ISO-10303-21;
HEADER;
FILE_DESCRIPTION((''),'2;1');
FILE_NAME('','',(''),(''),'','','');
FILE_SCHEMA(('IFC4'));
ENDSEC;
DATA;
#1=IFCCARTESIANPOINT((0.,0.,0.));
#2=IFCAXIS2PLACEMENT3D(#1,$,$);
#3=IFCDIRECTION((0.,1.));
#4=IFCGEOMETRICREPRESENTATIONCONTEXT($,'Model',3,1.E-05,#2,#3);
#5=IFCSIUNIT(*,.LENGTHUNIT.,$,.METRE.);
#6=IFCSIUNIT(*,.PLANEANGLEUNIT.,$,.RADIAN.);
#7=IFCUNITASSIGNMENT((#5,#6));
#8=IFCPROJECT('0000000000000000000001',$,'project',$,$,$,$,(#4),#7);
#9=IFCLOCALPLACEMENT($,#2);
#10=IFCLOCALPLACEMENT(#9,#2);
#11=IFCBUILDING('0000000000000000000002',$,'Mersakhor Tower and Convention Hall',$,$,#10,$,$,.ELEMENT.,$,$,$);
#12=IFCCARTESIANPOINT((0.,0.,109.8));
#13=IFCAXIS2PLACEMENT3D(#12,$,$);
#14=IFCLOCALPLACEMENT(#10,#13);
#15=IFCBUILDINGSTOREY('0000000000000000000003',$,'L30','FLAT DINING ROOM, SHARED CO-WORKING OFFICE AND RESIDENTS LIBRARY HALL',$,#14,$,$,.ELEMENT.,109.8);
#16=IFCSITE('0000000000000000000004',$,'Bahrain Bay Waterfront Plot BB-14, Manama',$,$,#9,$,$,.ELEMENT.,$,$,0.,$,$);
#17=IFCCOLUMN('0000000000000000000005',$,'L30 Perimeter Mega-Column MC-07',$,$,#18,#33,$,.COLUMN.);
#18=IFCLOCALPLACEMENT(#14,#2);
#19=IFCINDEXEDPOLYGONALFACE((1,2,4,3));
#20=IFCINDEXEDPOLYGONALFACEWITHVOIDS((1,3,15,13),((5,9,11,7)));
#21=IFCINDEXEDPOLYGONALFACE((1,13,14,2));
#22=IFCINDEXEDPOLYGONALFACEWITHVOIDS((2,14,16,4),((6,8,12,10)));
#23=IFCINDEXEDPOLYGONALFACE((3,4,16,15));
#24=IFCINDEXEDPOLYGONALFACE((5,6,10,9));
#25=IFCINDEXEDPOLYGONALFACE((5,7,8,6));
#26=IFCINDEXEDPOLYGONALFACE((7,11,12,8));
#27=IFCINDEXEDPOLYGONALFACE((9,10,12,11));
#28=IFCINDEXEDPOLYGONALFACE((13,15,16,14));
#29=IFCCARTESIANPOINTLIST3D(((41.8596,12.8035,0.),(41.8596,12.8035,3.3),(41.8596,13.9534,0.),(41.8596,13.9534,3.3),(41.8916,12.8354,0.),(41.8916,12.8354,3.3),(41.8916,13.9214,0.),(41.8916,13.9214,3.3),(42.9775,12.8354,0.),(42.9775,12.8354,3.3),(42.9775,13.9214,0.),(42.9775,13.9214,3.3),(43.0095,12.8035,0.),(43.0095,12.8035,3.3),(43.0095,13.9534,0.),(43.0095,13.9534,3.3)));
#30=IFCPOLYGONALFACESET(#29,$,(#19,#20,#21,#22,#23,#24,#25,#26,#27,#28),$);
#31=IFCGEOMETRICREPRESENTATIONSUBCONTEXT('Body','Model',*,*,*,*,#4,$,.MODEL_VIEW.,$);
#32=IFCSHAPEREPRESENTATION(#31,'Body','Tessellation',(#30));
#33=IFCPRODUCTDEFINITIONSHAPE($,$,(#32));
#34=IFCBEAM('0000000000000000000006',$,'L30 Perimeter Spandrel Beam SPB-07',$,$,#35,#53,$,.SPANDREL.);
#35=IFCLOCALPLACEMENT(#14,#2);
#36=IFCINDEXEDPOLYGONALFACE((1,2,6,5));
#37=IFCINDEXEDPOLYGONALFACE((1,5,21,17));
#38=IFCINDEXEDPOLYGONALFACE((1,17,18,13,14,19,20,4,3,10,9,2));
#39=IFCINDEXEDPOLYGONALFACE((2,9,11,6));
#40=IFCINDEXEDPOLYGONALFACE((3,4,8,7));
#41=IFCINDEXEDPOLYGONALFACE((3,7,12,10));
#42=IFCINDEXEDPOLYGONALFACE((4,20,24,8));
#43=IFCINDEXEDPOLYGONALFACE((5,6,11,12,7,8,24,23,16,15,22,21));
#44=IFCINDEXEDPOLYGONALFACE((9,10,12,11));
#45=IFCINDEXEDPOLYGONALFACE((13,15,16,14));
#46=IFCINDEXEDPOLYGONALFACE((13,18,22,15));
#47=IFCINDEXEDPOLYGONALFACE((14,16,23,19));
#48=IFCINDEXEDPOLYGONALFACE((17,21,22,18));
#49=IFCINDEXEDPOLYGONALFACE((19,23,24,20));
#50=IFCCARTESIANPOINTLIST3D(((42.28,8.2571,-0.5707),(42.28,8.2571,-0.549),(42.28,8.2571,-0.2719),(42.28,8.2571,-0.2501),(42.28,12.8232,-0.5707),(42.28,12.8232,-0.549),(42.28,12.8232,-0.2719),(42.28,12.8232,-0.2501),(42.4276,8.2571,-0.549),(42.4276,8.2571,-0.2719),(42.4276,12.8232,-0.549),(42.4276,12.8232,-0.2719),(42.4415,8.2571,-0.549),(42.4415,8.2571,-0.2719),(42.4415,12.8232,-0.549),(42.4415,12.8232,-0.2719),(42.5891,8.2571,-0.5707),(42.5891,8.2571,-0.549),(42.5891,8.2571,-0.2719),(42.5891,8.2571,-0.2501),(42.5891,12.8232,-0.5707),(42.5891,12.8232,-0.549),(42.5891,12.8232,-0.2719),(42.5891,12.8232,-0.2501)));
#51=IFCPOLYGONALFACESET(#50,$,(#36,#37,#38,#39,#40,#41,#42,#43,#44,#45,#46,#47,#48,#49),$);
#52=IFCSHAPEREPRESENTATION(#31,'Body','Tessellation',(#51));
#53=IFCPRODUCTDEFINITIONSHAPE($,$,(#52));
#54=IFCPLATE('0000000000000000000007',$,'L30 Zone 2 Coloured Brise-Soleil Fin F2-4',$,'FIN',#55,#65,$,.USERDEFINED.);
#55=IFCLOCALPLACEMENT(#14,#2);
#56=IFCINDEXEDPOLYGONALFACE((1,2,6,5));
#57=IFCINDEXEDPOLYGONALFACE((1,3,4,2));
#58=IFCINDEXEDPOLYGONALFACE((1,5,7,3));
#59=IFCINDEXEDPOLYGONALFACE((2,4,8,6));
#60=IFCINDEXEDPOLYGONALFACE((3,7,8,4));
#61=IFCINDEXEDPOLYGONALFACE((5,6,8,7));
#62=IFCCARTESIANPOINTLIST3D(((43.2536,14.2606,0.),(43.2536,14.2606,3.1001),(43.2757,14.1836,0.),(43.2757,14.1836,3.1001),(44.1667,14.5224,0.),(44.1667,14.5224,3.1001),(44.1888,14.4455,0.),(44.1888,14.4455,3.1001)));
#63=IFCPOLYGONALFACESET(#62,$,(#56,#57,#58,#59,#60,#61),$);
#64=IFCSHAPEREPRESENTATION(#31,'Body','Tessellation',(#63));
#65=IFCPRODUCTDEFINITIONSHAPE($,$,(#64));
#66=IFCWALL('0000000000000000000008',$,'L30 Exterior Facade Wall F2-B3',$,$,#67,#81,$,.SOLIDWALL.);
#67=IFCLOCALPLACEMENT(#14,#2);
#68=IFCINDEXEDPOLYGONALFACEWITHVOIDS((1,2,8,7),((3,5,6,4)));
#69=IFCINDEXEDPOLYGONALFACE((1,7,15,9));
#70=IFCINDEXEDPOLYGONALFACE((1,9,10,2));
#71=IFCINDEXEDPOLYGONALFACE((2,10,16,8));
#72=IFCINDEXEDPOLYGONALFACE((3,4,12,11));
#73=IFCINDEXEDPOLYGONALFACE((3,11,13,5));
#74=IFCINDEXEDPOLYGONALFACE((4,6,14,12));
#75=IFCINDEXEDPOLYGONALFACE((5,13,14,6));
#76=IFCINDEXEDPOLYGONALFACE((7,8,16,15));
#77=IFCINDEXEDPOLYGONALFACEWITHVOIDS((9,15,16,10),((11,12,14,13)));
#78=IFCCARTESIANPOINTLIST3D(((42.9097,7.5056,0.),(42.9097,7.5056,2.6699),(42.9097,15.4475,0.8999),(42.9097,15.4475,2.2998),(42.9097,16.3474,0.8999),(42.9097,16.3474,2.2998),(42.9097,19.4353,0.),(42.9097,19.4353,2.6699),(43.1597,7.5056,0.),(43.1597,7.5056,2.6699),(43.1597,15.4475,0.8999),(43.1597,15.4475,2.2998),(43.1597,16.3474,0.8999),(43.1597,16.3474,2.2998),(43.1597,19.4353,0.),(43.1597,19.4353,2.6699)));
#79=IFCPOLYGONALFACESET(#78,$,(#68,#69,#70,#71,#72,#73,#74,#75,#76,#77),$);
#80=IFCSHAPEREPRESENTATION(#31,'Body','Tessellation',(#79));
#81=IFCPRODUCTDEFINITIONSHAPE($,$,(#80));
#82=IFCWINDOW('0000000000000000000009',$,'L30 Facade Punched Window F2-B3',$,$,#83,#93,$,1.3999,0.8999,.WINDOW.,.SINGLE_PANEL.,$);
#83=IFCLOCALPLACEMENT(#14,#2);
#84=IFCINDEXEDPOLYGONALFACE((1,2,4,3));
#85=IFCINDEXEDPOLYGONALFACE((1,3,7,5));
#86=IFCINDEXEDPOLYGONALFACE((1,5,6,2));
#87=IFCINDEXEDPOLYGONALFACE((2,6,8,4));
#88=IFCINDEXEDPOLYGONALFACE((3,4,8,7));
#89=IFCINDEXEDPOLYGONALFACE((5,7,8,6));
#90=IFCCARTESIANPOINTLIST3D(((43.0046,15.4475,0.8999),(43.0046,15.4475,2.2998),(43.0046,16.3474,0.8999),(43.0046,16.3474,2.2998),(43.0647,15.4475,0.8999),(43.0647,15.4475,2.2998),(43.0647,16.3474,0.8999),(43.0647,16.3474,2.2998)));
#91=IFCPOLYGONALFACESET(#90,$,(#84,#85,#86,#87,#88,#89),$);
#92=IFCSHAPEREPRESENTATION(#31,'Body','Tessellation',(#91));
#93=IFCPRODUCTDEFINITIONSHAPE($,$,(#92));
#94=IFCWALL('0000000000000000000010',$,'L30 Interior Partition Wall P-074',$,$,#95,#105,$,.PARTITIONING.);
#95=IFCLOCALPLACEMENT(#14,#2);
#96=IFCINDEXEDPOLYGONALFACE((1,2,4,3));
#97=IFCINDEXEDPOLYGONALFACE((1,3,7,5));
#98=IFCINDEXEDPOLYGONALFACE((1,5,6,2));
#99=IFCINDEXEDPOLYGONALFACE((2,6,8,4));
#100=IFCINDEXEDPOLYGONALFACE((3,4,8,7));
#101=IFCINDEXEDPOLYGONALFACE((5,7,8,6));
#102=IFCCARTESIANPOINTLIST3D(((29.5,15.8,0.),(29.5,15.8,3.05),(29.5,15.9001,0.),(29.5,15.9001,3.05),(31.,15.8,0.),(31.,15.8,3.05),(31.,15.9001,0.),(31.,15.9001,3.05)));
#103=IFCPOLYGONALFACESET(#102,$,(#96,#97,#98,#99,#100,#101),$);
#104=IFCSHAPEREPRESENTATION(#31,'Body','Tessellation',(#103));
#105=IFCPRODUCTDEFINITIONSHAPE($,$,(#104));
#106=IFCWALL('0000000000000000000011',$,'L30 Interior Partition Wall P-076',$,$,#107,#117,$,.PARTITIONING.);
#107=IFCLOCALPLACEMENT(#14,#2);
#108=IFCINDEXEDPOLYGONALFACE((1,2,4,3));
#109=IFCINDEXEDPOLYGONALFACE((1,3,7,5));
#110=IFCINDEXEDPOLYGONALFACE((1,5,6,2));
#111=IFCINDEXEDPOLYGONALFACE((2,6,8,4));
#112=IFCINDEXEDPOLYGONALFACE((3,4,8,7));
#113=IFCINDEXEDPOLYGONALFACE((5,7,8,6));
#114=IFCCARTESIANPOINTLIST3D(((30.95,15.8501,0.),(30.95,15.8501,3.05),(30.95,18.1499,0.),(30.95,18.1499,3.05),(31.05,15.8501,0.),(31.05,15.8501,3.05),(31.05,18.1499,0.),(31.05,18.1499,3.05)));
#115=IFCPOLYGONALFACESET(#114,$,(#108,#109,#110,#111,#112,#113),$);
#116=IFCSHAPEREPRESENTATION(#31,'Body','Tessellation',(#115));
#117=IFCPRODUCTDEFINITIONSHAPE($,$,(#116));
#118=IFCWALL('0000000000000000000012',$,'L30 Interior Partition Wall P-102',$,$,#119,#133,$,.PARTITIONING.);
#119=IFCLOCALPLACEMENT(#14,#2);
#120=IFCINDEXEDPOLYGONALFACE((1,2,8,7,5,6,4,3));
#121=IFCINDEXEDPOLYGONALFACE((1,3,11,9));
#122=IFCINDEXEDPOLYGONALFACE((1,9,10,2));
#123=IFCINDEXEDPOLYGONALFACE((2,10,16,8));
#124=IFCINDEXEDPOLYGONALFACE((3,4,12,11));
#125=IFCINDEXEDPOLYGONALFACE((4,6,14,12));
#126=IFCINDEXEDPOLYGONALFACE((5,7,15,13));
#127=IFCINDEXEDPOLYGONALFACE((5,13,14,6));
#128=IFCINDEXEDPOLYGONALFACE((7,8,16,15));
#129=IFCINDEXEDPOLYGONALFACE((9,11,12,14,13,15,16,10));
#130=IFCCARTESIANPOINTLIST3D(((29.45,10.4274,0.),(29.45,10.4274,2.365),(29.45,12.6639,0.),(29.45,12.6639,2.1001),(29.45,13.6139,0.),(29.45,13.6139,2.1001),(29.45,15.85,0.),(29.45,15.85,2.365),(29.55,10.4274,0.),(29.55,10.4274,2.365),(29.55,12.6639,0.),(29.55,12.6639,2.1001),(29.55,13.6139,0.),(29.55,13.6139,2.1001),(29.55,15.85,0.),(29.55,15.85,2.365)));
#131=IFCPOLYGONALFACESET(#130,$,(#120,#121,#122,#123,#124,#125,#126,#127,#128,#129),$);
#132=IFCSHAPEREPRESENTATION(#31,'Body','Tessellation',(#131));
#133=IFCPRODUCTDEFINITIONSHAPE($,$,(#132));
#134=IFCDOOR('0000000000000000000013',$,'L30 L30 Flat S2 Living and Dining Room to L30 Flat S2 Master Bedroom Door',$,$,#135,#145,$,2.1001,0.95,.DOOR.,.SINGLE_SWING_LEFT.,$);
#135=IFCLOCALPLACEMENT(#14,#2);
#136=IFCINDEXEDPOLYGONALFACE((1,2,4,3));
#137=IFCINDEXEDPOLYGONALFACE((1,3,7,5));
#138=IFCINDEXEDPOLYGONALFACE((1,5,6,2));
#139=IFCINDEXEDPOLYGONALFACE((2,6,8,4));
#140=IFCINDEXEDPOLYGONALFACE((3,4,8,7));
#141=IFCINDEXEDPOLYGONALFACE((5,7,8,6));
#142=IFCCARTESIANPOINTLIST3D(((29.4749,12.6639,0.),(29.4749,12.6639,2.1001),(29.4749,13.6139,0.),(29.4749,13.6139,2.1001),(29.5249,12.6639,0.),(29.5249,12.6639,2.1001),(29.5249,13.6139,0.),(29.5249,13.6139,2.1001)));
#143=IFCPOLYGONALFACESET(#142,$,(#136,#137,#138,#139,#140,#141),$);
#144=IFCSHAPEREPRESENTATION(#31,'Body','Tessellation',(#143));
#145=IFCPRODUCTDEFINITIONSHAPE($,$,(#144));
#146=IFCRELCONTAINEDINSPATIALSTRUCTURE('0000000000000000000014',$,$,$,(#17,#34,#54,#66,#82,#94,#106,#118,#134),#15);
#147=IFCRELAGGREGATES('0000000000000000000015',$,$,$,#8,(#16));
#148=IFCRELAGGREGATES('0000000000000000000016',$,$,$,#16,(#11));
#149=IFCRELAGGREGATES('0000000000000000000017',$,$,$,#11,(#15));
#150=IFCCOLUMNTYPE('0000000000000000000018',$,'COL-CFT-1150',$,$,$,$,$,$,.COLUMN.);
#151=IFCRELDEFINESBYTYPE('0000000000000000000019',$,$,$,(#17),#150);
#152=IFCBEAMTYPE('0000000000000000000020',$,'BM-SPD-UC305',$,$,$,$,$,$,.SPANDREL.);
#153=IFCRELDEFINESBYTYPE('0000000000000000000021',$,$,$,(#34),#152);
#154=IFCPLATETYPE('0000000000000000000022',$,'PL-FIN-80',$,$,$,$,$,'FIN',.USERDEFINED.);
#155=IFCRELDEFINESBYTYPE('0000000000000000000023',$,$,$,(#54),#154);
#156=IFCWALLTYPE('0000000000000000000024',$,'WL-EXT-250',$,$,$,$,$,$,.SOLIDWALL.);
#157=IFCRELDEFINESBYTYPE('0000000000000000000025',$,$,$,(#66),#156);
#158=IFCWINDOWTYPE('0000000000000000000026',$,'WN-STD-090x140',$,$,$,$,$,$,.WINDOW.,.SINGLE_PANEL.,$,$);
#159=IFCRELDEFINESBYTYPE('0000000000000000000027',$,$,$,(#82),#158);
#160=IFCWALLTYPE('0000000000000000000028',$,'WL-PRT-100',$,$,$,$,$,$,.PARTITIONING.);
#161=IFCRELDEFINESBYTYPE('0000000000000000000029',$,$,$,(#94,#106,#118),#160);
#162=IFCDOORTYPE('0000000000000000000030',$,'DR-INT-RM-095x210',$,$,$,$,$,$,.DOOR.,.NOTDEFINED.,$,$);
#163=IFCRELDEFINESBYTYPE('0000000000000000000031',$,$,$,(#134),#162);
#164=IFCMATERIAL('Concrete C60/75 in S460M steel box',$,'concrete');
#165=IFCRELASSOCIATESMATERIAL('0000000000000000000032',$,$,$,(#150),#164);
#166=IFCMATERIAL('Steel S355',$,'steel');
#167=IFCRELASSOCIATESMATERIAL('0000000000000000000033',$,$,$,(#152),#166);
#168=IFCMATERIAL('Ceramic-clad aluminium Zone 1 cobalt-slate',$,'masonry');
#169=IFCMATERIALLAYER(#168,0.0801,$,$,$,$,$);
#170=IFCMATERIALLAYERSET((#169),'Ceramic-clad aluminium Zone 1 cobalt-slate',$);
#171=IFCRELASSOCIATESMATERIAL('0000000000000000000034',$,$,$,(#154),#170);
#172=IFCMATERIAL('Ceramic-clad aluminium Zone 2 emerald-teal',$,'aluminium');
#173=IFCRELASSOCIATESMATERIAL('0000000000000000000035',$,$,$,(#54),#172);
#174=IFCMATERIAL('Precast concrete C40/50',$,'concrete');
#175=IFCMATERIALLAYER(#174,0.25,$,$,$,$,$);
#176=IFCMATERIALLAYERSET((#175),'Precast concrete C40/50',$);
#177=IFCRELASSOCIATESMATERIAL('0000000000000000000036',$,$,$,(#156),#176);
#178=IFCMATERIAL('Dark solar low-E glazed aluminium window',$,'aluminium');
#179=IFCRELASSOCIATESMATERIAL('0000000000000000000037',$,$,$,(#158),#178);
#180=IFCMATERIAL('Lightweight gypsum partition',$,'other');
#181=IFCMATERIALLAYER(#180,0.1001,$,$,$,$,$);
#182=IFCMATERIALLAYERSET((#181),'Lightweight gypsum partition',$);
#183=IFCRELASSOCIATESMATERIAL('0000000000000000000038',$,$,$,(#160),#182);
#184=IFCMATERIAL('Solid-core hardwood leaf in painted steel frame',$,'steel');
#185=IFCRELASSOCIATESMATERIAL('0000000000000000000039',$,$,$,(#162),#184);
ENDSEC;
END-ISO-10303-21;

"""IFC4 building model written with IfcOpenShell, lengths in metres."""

from ifc_helpers import new_model, si_unit, direction, frame, frame_2d, origin, origin_2d, place, context, subcontext, project, spatial, rectangle, hollow_rectangle, i_section, extrude, material, layer, layer_set, material_profile, profile_set, type_object, element, fill, save


model = new_model("IFC4")

# Units and contexts
model_context = context("Model", 3, precision=1e-05, world=origin(), true_north=direction((0.0, 1.0)))
body_context = subcontext(model_context, "Body", "Model", "MODEL_VIEW")
ifc_project = project(units=[si_unit("LENGTHUNIT", "METRE"), si_unit("PLANEANGLEUNIT", "RADIAN")], contexts=[model_context])

# Site, building, storey
site_placement = place(None, origin())
site = spatial("IfcSite", under=ifc_project, at=site_placement, Name="Bahrain Bay Waterfront Plot BB-14, Manama", CompositionType="ELEMENT", RefElevation=0.0)
building_placement = place(site_placement, origin())
building = spatial("IfcBuilding", under=site, at=building_placement, Name="Mersakhor Tower and Convention Hall", CompositionType="ELEMENT")
storey_placement = place(building_placement, frame((0.0, 0.0, 109.8)))
storey = spatial("IfcBuildingStorey", under=building, at=storey_placement, Name="L30", Description="FLAT DINING ROOM, SHARED CO-WORKING OFFICE AND RESIDENTS LIBRARY HALL", CompositionType="ELEMENT", Elevation=109.8)

# Column
ifc_material_1 = material(Name="Concrete C60/75 in S460M steel box", Category="concrete")
ifc_material_profile_1 = material_profile(ifc_material_1, hollow_rectangle(XDim=1.1499, YDim=1.1499, WallThickness=0.032, at=origin_2d()), Name="SHS 1150x1150x32")
ifc_profile_set_1 = profile_set([ifc_material_profile_1], Name="Concrete C60/75 in S460M steel box")
column_type = type_object("IfcColumnType", Name="COL-CFT-1150", PredefinedType="COLUMN", material=ifc_profile_set_1)
column_placement = place(storey_placement, frame((42.4346, 13.3784, 0.0), z_axis=(0.0, 0.0, 1.0), x_axis=(1.0, 0.0, 0.0)))
element("IfcColumn", 1, at=column_placement, inside=storey, type_object=column_type, Name="L30 Perimeter Mega-Column MC-07", PredefinedType="COLUMN", context=body_context, shape_type="SweptSolid", body=[
    extrude(hollow_rectangle(XDim=1.1499, YDim=1.1499, WallThickness=0.032, at=origin_2d()), origin(), (0.0, 0.0, 1.0), 3.3),
])

# Beam
ifc_material_2 = material(Name="Steel S355", Category="steel")
ifc_material_profile_2 = material_profile(ifc_material_2, i_section(OverallWidth=0.3091, OverallDepth=0.3206, WebThickness=0.0139, FlangeThickness=0.0217, at=origin_2d()), Name="UC 305x305x137")
ifc_profile_set_2 = profile_set([ifc_material_profile_2], Name="Steel S355")
beam_type = type_object("IfcBeamType", Name="BM-SPD-UC305", PredefinedType="SPANDREL", material=ifc_profile_set_2)
beam_placement = place(storey_placement, frame((42.4346, 12.8232, -0.4104), z_axis=(0.0, -1.0, 0.0), x_axis=(1.0, 0.0, 0.0)))
element("IfcBeam", 2, at=beam_placement, inside=storey, type_object=beam_type, Name="L30 Perimeter Spandrel Beam SPB-07", PredefinedType="SPANDREL", context=body_context, shape_type="SweptSolid", body=[
    extrude(i_section(OverallWidth=0.3091, OverallDepth=0.3206, WebThickness=0.0139, FlangeThickness=0.0217, at=origin_2d()), origin(), (0.0, 0.0, 1.0), 4.5662),
])

# Plate
ifc_material_3 = material(Name="Ceramic-clad aluminium Zone 2 emerald-teal", Category="aluminium")
ifc_material_4 = material(Name="Ceramic-clad aluminium Zone 1 cobalt-slate", Category="masonry")
ifc_layer_1 = layer(ifc_material_4, 0.0801)
ifc_layer_set_1 = layer_set([ifc_layer_1], Name="Ceramic-clad aluminium Zone 1 cobalt-slate")
plate_type = type_object("IfcPlateType", Name="PL-FIN-80", ElementType="FIN", PredefinedType="USERDEFINED", material=ifc_layer_set_1)
plate_placement = place(storey_placement, frame((43.7212, 14.353, 0.0), z_axis=(0.0, 0.0, 1.0), x_axis=(0.961262, 0.275637, 0.0)))
element("IfcPlate", 3, at=plate_placement, inside=storey, type_object=plate_type, material=ifc_material_3, Name="L30 Zone 2 Coloured Brise-Soleil Fin F2-4", ObjectType="FIN", PredefinedType="USERDEFINED", context=body_context, shape_type="SweptSolid", body=[
    extrude(rectangle(XDim=0.95, YDim=0.0801, at=origin_2d()), origin(), (0.0, 0.0, 1.0), 3.1001),
])

# Wall, opening, window
ifc_material_5 = material(Name="Precast concrete C40/50", Category="concrete")
ifc_layer_2 = layer(ifc_material_5, 0.25)
ifc_layer_set_2 = layer_set([ifc_layer_2], Name="Precast concrete C40/50")
wall_type_1 = type_object("IfcWallType", Name="WL-EXT-250", PredefinedType="SOLIDWALL", material=ifc_layer_set_2)
wall_1_placement = place(storey_placement, frame((43.0347, 19.4353, 0.0), z_axis=(0.0, 0.0, 1.0), x_axis=(0.0, -1.0, 0.0)))
wall_1 = element("IfcWall", 4, at=wall_1_placement, inside=storey, type_object=wall_type_1, Name="L30 Exterior Facade Wall F2-B3", PredefinedType="SOLIDWALL", context=body_context, shape_type="SweptSolid", body=[
    extrude(rectangle(XDim=11.9297, YDim=0.25, at=frame_2d((5.9648, 0.0))), origin(), (0.0, 0.0, 1.0), 2.6699),
])
opening_1_placement = place(wall_1_placement, frame((3.0879, 0.0, 0.8999)))
opening_1 = element("IfcOpeningElement", 5, at=opening_1_placement, cuts=wall_1, PredefinedType="OPENING", context=body_context, shape_type="SweptSolid", body=[
    extrude(rectangle(XDim=0.8999, YDim=1.3999, at=frame_2d((0.45, 0.7))), frame((0.0, 0.135, 0.0), z_axis=(0.0, -1.0, 0.0), x_axis=(1.0, 0.0, 0.0)), (0.0, 0.0, 1.0), 0.27),
])
ifc_material_6 = material(Name="Dark solar low-E glazed aluminium window", Category="aluminium")
window_type = type_object("IfcWindowType", Name="WN-STD-090x140", PartitioningType="SINGLE_PANEL", PredefinedType="WINDOW", material=ifc_material_6)
window_placement = place(opening_1_placement, origin())
window = element("IfcWindow", 6, at=window_placement, inside=storey, type_object=window_type, Name="L30 Facade Punched Window F2-B3", OverallHeight=1.3999, OverallWidth=0.8999, PartitioningType="SINGLE_PANEL", PredefinedType="WINDOW", context=body_context, shape_type="SweptSolid", body=[
    extrude(rectangle(XDim=0.8999, YDim=1.3999, at=frame_2d((0.45, 0.7))), frame((0.0, 0.03, 0.0), z_axis=(0.0, -1.0, 0.0), x_axis=(1.0, 0.0, 0.0)), (0.0, 0.0, 1.0), 0.0601),
])
fill(opening_1, window)

# Walls
ifc_material_7 = material(Name="Lightweight gypsum partition", Category="other")
ifc_layer_3 = layer(ifc_material_7, 0.1001)
ifc_layer_set_3 = layer_set([ifc_layer_3], Name="Lightweight gypsum partition")
wall_type_2 = type_object("IfcWallType", Name="WL-PRT-100", PredefinedType="PARTITIONING", material=ifc_layer_set_3)
wall_2_placement = place(storey_placement, frame((31.0, 15.8501, 0.0), z_axis=(0.0, 0.0, 1.0), x_axis=(-1.0, 0.0, 0.0)))
element("IfcWall", 7, at=wall_2_placement, inside=storey, type_object=wall_type_2, Name="L30 Interior Partition Wall P-074", PredefinedType="PARTITIONING", context=body_context, shape_type="SweptSolid", body=[
    extrude(rectangle(XDim=1.5, YDim=0.1001, at=frame_2d((0.75, 0.0))), origin(), (0.0, 0.0, 1.0), 3.05),
])
wall_3_placement = place(storey_placement, frame((31.0, 18.1499, 0.0), z_axis=(0.0, 0.0, 1.0), x_axis=(0.0, -1.0, 0.0)))
element("IfcWall", 8, at=wall_3_placement, inside=storey, type_object=wall_type_2, Name="L30 Interior Partition Wall P-076", PredefinedType="PARTITIONING", context=body_context, shape_type="SweptSolid", body=[
    extrude(rectangle(XDim=2.2998, YDim=0.1001, at=frame_2d((1.1499, 0.0))), origin(), (0.0, 0.0, 1.0), 3.05),
])

# Wall, opening, door
wall_4_placement = place(storey_placement, frame((29.5, 15.8501, 0.0), z_axis=(0.0, 0.0, 1.0), x_axis=(0.0, -1.0, 0.0)))
wall_4 = element("IfcWall", 9, at=wall_4_placement, inside=storey, type_object=wall_type_2, Name="L30 Interior Partition Wall P-102", PredefinedType="PARTITIONING", context=body_context, shape_type="SweptSolid", body=[
    extrude(rectangle(XDim=5.4226, YDim=0.1001, at=frame_2d((2.7114, 0.0))), origin(), (0.0, 0.0, 1.0), 2.365),
])
opening_2_placement = place(wall_4_placement, frame((2.2361, 0.0, 0.0)))
opening_2 = element("IfcOpeningElement", 10, at=opening_2_placement, cuts=wall_4, PredefinedType="OPENING", context=body_context, shape_type="SweptSolid", body=[
    extrude(rectangle(XDim=0.95, YDim=2.1001, at=frame_2d((0.4751, 1.05))), frame((0.0, 0.0601, 0.0), z_axis=(0.0, -1.0, 0.0), x_axis=(1.0, 0.0, 0.0)), (0.0, 0.0, 1.0), 0.1201),
])
ifc_material_8 = material(Name="Solid-core hardwood leaf in painted steel frame", Category="steel")
door_type = type_object("IfcDoorType", Name="DR-INT-RM-095x210", OperationType="NOTDEFINED", PredefinedType="DOOR", material=ifc_material_8)
door_1_placement = place(opening_2_placement, origin())
door_1 = element("IfcDoor", 11, at=door_1_placement, inside=storey, type_object=door_type, Name="L30 L30 Flat S2 Living and Dining Room to L30 Flat S2 Master Bedroom Door", OperationType="SINGLE_SWING_LEFT", OverallHeight=2.1001, OverallWidth=0.95, PredefinedType="DOOR", context=body_context, shape_type="SweptSolid", body=[
    extrude(rectangle(XDim=0.95, YDim=2.1001, at=frame_2d((0.4751, 1.05))), frame((0.0, 0.0249, 0.0), z_axis=(0.0, -1.0, 0.0), x_axis=(1.0, 0.0, 0.0)), (0.0, 0.0, 1.0), 0.05),
])
fill(opening_2, door_1)

save(model, "model.ifc")
